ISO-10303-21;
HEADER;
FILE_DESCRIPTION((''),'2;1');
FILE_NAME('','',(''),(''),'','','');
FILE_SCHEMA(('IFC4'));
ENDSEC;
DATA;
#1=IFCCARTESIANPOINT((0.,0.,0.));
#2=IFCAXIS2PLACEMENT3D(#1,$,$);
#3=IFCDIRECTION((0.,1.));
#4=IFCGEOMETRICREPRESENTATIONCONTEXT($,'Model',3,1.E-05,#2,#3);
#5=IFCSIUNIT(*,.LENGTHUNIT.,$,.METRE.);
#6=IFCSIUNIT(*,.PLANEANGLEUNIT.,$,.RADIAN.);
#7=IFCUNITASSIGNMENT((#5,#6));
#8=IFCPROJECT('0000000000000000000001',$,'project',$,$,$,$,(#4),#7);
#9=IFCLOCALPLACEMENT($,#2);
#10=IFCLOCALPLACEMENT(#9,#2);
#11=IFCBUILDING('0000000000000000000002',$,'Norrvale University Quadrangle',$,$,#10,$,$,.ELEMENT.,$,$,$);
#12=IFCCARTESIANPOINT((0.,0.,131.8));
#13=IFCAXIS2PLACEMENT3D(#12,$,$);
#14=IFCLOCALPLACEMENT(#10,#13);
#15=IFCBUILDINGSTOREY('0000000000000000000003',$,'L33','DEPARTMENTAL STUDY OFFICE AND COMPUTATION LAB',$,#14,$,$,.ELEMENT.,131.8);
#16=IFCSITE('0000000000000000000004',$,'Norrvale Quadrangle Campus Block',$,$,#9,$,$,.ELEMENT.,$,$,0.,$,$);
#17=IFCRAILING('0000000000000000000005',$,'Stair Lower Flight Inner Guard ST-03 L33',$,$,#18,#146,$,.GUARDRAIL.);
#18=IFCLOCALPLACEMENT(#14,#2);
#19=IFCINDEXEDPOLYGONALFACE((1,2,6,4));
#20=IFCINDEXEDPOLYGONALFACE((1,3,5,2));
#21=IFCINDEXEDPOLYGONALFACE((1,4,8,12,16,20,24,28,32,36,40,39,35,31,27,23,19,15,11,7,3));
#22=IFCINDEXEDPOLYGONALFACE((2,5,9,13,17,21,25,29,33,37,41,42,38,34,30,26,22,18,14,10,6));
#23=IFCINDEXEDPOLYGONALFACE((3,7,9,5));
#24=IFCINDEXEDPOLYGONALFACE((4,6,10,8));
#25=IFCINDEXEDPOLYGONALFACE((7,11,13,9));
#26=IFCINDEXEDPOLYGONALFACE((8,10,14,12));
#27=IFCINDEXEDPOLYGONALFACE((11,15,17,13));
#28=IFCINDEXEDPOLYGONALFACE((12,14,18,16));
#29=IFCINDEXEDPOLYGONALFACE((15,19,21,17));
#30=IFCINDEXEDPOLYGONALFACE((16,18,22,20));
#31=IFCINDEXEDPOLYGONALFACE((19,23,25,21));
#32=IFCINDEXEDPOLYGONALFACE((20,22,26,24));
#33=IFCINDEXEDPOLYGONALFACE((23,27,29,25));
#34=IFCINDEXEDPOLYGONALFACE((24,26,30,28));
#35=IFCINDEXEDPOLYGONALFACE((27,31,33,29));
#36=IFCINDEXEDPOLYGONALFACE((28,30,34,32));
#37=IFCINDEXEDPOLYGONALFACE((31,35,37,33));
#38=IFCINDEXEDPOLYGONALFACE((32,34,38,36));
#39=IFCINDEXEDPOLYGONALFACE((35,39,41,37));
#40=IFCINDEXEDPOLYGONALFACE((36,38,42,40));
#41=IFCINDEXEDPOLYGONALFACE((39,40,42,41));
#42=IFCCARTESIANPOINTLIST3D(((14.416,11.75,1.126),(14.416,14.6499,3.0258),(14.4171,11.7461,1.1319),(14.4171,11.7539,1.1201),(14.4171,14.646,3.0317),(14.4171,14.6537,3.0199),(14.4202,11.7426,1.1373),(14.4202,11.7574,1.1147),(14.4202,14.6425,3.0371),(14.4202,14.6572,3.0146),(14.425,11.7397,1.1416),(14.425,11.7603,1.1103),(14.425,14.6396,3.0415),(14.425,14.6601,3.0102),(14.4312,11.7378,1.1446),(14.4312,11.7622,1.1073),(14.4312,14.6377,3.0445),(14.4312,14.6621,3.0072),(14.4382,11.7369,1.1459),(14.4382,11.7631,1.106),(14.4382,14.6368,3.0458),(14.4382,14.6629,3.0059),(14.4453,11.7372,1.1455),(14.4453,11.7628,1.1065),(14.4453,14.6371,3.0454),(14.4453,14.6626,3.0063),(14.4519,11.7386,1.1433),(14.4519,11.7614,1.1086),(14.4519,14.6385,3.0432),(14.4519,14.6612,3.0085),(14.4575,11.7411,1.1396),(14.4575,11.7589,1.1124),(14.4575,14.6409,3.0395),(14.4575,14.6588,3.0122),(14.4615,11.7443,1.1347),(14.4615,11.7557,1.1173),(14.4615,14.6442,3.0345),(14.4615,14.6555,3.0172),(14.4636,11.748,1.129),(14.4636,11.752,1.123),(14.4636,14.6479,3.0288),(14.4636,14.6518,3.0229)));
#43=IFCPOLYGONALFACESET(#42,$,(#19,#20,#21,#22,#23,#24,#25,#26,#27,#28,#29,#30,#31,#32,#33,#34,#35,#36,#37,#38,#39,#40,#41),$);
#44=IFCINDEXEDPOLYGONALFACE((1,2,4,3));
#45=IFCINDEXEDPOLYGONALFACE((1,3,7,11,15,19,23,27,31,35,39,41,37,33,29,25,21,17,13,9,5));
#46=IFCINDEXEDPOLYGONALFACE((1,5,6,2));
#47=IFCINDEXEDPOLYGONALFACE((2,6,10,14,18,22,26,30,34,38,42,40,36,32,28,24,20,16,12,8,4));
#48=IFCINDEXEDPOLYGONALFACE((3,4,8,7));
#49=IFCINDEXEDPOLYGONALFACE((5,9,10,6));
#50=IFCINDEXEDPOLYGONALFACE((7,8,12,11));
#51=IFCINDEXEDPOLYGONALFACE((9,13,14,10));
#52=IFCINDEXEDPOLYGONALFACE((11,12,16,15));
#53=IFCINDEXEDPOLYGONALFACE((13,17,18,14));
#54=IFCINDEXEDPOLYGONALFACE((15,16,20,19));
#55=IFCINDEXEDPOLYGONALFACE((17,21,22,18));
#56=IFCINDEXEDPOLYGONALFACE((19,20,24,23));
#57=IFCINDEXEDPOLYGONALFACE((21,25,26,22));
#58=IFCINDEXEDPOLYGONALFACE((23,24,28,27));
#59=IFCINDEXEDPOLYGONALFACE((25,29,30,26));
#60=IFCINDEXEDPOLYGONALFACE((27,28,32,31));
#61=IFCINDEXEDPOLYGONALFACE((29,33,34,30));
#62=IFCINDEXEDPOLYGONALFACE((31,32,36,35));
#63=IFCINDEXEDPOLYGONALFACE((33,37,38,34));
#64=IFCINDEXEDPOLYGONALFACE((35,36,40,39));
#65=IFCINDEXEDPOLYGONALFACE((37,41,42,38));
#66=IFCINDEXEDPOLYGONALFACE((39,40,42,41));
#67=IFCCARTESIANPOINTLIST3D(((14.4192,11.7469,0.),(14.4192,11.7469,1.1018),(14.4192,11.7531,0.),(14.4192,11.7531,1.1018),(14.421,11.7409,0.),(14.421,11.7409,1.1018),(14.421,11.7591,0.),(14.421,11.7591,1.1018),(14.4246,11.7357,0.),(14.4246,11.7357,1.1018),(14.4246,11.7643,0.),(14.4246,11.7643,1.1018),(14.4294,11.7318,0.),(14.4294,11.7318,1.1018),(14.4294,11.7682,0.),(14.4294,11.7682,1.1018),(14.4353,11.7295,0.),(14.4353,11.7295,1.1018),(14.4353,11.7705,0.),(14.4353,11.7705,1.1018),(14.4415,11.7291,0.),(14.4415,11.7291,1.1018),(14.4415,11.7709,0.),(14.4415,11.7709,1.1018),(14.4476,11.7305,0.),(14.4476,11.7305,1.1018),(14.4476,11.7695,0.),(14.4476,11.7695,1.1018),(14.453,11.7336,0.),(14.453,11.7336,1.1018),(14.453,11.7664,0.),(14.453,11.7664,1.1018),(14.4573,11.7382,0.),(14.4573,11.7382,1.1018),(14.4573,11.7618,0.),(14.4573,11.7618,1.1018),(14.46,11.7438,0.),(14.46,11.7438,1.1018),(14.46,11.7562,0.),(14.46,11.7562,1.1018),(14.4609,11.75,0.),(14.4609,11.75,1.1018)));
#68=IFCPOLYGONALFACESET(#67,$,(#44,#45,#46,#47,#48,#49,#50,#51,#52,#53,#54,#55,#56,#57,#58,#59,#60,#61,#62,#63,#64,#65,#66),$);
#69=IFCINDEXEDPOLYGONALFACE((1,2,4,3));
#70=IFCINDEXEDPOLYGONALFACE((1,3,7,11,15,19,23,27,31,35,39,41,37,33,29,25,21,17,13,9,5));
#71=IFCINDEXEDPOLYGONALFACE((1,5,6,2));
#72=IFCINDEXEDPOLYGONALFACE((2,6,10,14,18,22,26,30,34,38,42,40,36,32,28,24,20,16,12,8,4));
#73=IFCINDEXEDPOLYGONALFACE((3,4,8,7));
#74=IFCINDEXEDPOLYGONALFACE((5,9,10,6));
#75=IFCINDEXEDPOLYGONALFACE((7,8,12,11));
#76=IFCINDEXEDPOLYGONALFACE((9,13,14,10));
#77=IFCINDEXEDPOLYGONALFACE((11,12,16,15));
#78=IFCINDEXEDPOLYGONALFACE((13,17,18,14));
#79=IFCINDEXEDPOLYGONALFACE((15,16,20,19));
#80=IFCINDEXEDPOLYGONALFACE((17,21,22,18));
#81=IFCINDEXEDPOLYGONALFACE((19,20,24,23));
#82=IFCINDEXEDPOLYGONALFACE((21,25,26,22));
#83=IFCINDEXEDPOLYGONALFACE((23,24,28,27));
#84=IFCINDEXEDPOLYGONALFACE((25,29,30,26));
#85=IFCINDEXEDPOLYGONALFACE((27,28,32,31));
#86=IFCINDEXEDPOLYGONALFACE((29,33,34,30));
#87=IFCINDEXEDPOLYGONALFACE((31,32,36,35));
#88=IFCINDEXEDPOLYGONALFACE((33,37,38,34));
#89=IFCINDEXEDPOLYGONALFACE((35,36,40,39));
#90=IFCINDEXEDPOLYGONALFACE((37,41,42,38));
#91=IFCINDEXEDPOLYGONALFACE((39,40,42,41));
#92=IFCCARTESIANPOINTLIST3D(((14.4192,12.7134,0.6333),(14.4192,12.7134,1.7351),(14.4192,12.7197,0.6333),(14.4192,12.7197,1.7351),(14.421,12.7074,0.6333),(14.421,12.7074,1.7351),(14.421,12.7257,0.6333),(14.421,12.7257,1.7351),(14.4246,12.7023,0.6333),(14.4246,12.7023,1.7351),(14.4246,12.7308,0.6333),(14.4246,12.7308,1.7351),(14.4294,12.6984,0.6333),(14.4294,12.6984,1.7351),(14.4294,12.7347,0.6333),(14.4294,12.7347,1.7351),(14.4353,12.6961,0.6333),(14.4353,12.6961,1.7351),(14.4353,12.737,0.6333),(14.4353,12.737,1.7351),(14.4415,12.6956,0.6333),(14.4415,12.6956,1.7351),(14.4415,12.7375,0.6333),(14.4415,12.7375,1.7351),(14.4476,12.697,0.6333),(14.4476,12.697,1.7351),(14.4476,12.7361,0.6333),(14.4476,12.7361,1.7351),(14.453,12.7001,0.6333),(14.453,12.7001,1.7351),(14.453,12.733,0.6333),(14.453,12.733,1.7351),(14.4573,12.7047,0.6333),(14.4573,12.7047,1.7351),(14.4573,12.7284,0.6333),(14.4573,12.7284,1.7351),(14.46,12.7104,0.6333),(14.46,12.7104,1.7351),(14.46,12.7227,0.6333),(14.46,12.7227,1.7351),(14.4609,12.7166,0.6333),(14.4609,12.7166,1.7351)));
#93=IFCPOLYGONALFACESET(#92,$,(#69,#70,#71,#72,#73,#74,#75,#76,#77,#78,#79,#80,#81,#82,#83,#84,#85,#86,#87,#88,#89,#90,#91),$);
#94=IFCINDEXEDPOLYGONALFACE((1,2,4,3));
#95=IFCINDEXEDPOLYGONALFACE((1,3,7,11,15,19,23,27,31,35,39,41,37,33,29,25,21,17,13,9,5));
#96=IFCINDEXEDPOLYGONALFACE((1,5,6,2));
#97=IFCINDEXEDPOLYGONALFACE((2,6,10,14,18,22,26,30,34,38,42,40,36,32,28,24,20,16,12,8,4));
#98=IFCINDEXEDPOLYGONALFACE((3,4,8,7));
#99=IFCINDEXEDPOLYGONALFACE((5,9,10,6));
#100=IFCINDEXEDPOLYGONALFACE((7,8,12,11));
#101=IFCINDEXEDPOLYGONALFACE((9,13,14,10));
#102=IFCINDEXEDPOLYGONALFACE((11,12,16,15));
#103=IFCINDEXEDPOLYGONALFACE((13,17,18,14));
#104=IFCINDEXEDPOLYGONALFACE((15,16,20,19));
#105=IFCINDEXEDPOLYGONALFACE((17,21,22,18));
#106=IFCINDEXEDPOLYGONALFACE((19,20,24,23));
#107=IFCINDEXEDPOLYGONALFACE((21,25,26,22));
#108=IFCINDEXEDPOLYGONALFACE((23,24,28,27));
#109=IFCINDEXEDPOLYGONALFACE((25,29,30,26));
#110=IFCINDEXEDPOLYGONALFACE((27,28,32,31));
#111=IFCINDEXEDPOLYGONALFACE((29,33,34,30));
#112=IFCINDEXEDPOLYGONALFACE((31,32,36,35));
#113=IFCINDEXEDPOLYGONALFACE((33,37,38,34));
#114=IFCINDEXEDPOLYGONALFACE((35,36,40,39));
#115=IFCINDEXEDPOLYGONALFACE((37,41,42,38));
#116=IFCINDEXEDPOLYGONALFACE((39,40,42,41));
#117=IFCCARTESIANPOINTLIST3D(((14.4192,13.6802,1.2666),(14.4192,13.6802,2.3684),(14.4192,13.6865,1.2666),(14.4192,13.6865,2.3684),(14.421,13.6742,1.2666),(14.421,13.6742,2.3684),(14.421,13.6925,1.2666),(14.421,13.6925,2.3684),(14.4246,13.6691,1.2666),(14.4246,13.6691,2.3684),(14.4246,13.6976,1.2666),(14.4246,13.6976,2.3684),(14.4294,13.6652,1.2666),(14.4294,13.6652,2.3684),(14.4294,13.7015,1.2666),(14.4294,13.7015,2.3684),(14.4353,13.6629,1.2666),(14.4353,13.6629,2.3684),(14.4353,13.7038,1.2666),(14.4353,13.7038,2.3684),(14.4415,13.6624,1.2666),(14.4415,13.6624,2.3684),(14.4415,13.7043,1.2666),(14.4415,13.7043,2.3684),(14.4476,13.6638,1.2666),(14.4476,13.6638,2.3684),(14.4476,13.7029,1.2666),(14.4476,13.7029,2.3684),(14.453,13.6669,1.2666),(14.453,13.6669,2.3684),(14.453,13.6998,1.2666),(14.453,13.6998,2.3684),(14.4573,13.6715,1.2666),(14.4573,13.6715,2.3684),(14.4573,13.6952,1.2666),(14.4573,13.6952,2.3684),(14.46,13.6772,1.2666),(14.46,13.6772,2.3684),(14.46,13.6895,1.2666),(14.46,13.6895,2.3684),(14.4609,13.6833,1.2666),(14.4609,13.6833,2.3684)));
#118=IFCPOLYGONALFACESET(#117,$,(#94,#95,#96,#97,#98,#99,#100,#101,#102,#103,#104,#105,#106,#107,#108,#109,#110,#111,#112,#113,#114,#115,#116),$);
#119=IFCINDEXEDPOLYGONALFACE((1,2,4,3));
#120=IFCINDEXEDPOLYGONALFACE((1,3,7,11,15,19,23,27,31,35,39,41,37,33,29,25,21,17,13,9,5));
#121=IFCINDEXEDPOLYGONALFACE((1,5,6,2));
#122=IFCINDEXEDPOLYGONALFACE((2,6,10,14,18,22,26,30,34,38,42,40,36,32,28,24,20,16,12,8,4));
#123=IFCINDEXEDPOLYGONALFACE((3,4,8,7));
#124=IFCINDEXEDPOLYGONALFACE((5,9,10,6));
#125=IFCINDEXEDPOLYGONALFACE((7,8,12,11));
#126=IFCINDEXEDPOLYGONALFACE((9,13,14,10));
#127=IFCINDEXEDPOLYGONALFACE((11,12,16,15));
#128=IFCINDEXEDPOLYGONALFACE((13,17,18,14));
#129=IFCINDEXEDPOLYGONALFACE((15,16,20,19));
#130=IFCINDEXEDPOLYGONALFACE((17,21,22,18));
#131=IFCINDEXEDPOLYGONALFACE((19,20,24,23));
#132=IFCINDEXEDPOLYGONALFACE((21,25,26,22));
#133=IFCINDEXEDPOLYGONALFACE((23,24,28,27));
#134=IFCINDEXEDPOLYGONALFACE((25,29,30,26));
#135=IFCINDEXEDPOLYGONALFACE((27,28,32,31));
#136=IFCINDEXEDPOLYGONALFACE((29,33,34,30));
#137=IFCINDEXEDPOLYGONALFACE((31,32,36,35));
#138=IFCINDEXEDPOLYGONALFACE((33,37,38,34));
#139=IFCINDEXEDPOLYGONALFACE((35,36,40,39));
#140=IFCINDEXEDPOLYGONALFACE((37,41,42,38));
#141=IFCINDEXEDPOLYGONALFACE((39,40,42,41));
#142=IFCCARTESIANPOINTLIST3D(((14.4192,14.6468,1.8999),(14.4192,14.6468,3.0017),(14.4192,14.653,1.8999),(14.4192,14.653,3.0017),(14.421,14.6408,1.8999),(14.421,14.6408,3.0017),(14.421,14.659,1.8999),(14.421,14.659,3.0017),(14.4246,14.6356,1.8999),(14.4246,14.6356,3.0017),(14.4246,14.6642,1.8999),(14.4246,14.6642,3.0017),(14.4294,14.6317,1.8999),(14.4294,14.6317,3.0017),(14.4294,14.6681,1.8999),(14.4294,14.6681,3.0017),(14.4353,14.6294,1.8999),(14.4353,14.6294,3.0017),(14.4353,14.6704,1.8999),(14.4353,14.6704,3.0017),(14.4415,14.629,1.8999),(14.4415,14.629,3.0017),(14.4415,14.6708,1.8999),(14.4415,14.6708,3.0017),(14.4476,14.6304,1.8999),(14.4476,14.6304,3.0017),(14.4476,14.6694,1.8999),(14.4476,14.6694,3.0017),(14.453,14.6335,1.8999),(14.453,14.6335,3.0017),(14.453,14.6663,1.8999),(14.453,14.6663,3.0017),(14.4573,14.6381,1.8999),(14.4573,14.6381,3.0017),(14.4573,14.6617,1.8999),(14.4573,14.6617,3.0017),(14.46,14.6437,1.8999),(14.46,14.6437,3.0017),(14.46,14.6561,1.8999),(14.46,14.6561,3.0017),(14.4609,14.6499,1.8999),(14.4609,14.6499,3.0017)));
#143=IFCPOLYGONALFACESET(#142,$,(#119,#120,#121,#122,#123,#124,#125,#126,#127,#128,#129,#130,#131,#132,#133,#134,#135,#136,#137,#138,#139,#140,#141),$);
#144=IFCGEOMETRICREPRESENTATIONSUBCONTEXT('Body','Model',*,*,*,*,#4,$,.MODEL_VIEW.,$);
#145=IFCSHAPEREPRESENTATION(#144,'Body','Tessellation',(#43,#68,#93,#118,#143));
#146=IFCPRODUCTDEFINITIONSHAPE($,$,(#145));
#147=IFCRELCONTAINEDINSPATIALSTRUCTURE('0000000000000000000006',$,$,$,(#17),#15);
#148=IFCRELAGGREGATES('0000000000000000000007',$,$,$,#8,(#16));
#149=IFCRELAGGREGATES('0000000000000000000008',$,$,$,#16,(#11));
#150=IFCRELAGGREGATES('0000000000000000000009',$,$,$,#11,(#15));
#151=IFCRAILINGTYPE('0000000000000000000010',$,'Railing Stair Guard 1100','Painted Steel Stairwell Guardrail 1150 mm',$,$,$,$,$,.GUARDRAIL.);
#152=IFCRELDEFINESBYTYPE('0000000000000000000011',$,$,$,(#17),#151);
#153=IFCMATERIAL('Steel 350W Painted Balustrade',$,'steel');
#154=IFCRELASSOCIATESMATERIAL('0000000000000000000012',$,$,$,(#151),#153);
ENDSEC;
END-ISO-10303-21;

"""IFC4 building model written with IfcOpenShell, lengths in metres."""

from ifc_helpers import new_model, si_unit, direction, frame, origin, origin_2d, place, context, subcontext, project, spatial, circle, extrude, material, type_object, element, save


model = new_model("IFC4")

# Units and contexts
model_context = context("Model", 3, precision=1e-05, world=origin(), true_north=direction((0.0, 1.0)))
body_context = subcontext(model_context, "Body", "Model", "MODEL_VIEW")
ifc_project = project(units=[si_unit("LENGTHUNIT", "METRE"), si_unit("PLANEANGLEUNIT", "RADIAN")], contexts=[model_context])

# Site, building, storey
site_placement = place(None, origin())
site = spatial("IfcSite", under=ifc_project, at=site_placement, Name="Norrvale Quadrangle Campus Block", CompositionType="ELEMENT", RefElevation=0.0)
building_placement = place(site_placement, origin())
building = spatial("IfcBuilding", under=site, at=building_placement, Name="Norrvale University Quadrangle", CompositionType="ELEMENT")
storey_placement = place(building_placement, frame((0.0, 0.0, 131.8)))
storey = spatial("IfcBuildingStorey", under=building, at=storey_placement, Name="L33", Description="DEPARTMENTAL STUDY OFFICE AND COMPUTATION LAB", CompositionType="ELEMENT", Elevation=131.8)

# Railing
ifc_material_1 = material(Name="Steel 350W Painted Balustrade", Category="steel")
railing_type_1 = type_object("IfcRailingType", Name="Railing Stair Guard 1100", Description="Painted Steel Stairwell Guardrail 1150 mm", PredefinedType="GUARDRAIL", material=ifc_material_1)
railing_1_placement = place(storey_placement, frame((14.4399, 11.75, 0.0)))
element("IfcRailing", 1, at=railing_1_placement, inside=storey, type_object=railing_type_1, Name="Stair Lower Flight Inner Guard ST-03 L33", PredefinedType="GUARDRAIL", context=body_context, shape_type="SweptSolid", body=[
    extrude(circle(Radius=0.0239, at=origin_2d()), frame((0.0, 0.0, 1.126), z_axis=(0.0, 0.836466, 0.548019), x_axis=(-1.0, 0.0, 0.0)), (0.0, 0.0, 1.0), 3.4668),
    extrude(circle(Radius=0.021, at=origin_2d()), origin(), (0.0, 0.0, 1.0), 1.1018),
    extrude(circle(Radius=0.021, at=origin_2d()), frame((0.0, 0.9666, 0.6333)), (0.0, 0.0, 1.0), 1.1018),
    extrude(circle(Radius=0.021, at=origin_2d()), frame((0.0, 1.9333, 1.2666)), (0.0, 0.0, 1.0), 1.1018),
    extrude(circle(Radius=0.021, at=origin_2d()), frame((0.0, 2.8999, 1.8999)), (0.0, 0.0, 1.0), 1.1018),
])

save(model, "model.ifc")
